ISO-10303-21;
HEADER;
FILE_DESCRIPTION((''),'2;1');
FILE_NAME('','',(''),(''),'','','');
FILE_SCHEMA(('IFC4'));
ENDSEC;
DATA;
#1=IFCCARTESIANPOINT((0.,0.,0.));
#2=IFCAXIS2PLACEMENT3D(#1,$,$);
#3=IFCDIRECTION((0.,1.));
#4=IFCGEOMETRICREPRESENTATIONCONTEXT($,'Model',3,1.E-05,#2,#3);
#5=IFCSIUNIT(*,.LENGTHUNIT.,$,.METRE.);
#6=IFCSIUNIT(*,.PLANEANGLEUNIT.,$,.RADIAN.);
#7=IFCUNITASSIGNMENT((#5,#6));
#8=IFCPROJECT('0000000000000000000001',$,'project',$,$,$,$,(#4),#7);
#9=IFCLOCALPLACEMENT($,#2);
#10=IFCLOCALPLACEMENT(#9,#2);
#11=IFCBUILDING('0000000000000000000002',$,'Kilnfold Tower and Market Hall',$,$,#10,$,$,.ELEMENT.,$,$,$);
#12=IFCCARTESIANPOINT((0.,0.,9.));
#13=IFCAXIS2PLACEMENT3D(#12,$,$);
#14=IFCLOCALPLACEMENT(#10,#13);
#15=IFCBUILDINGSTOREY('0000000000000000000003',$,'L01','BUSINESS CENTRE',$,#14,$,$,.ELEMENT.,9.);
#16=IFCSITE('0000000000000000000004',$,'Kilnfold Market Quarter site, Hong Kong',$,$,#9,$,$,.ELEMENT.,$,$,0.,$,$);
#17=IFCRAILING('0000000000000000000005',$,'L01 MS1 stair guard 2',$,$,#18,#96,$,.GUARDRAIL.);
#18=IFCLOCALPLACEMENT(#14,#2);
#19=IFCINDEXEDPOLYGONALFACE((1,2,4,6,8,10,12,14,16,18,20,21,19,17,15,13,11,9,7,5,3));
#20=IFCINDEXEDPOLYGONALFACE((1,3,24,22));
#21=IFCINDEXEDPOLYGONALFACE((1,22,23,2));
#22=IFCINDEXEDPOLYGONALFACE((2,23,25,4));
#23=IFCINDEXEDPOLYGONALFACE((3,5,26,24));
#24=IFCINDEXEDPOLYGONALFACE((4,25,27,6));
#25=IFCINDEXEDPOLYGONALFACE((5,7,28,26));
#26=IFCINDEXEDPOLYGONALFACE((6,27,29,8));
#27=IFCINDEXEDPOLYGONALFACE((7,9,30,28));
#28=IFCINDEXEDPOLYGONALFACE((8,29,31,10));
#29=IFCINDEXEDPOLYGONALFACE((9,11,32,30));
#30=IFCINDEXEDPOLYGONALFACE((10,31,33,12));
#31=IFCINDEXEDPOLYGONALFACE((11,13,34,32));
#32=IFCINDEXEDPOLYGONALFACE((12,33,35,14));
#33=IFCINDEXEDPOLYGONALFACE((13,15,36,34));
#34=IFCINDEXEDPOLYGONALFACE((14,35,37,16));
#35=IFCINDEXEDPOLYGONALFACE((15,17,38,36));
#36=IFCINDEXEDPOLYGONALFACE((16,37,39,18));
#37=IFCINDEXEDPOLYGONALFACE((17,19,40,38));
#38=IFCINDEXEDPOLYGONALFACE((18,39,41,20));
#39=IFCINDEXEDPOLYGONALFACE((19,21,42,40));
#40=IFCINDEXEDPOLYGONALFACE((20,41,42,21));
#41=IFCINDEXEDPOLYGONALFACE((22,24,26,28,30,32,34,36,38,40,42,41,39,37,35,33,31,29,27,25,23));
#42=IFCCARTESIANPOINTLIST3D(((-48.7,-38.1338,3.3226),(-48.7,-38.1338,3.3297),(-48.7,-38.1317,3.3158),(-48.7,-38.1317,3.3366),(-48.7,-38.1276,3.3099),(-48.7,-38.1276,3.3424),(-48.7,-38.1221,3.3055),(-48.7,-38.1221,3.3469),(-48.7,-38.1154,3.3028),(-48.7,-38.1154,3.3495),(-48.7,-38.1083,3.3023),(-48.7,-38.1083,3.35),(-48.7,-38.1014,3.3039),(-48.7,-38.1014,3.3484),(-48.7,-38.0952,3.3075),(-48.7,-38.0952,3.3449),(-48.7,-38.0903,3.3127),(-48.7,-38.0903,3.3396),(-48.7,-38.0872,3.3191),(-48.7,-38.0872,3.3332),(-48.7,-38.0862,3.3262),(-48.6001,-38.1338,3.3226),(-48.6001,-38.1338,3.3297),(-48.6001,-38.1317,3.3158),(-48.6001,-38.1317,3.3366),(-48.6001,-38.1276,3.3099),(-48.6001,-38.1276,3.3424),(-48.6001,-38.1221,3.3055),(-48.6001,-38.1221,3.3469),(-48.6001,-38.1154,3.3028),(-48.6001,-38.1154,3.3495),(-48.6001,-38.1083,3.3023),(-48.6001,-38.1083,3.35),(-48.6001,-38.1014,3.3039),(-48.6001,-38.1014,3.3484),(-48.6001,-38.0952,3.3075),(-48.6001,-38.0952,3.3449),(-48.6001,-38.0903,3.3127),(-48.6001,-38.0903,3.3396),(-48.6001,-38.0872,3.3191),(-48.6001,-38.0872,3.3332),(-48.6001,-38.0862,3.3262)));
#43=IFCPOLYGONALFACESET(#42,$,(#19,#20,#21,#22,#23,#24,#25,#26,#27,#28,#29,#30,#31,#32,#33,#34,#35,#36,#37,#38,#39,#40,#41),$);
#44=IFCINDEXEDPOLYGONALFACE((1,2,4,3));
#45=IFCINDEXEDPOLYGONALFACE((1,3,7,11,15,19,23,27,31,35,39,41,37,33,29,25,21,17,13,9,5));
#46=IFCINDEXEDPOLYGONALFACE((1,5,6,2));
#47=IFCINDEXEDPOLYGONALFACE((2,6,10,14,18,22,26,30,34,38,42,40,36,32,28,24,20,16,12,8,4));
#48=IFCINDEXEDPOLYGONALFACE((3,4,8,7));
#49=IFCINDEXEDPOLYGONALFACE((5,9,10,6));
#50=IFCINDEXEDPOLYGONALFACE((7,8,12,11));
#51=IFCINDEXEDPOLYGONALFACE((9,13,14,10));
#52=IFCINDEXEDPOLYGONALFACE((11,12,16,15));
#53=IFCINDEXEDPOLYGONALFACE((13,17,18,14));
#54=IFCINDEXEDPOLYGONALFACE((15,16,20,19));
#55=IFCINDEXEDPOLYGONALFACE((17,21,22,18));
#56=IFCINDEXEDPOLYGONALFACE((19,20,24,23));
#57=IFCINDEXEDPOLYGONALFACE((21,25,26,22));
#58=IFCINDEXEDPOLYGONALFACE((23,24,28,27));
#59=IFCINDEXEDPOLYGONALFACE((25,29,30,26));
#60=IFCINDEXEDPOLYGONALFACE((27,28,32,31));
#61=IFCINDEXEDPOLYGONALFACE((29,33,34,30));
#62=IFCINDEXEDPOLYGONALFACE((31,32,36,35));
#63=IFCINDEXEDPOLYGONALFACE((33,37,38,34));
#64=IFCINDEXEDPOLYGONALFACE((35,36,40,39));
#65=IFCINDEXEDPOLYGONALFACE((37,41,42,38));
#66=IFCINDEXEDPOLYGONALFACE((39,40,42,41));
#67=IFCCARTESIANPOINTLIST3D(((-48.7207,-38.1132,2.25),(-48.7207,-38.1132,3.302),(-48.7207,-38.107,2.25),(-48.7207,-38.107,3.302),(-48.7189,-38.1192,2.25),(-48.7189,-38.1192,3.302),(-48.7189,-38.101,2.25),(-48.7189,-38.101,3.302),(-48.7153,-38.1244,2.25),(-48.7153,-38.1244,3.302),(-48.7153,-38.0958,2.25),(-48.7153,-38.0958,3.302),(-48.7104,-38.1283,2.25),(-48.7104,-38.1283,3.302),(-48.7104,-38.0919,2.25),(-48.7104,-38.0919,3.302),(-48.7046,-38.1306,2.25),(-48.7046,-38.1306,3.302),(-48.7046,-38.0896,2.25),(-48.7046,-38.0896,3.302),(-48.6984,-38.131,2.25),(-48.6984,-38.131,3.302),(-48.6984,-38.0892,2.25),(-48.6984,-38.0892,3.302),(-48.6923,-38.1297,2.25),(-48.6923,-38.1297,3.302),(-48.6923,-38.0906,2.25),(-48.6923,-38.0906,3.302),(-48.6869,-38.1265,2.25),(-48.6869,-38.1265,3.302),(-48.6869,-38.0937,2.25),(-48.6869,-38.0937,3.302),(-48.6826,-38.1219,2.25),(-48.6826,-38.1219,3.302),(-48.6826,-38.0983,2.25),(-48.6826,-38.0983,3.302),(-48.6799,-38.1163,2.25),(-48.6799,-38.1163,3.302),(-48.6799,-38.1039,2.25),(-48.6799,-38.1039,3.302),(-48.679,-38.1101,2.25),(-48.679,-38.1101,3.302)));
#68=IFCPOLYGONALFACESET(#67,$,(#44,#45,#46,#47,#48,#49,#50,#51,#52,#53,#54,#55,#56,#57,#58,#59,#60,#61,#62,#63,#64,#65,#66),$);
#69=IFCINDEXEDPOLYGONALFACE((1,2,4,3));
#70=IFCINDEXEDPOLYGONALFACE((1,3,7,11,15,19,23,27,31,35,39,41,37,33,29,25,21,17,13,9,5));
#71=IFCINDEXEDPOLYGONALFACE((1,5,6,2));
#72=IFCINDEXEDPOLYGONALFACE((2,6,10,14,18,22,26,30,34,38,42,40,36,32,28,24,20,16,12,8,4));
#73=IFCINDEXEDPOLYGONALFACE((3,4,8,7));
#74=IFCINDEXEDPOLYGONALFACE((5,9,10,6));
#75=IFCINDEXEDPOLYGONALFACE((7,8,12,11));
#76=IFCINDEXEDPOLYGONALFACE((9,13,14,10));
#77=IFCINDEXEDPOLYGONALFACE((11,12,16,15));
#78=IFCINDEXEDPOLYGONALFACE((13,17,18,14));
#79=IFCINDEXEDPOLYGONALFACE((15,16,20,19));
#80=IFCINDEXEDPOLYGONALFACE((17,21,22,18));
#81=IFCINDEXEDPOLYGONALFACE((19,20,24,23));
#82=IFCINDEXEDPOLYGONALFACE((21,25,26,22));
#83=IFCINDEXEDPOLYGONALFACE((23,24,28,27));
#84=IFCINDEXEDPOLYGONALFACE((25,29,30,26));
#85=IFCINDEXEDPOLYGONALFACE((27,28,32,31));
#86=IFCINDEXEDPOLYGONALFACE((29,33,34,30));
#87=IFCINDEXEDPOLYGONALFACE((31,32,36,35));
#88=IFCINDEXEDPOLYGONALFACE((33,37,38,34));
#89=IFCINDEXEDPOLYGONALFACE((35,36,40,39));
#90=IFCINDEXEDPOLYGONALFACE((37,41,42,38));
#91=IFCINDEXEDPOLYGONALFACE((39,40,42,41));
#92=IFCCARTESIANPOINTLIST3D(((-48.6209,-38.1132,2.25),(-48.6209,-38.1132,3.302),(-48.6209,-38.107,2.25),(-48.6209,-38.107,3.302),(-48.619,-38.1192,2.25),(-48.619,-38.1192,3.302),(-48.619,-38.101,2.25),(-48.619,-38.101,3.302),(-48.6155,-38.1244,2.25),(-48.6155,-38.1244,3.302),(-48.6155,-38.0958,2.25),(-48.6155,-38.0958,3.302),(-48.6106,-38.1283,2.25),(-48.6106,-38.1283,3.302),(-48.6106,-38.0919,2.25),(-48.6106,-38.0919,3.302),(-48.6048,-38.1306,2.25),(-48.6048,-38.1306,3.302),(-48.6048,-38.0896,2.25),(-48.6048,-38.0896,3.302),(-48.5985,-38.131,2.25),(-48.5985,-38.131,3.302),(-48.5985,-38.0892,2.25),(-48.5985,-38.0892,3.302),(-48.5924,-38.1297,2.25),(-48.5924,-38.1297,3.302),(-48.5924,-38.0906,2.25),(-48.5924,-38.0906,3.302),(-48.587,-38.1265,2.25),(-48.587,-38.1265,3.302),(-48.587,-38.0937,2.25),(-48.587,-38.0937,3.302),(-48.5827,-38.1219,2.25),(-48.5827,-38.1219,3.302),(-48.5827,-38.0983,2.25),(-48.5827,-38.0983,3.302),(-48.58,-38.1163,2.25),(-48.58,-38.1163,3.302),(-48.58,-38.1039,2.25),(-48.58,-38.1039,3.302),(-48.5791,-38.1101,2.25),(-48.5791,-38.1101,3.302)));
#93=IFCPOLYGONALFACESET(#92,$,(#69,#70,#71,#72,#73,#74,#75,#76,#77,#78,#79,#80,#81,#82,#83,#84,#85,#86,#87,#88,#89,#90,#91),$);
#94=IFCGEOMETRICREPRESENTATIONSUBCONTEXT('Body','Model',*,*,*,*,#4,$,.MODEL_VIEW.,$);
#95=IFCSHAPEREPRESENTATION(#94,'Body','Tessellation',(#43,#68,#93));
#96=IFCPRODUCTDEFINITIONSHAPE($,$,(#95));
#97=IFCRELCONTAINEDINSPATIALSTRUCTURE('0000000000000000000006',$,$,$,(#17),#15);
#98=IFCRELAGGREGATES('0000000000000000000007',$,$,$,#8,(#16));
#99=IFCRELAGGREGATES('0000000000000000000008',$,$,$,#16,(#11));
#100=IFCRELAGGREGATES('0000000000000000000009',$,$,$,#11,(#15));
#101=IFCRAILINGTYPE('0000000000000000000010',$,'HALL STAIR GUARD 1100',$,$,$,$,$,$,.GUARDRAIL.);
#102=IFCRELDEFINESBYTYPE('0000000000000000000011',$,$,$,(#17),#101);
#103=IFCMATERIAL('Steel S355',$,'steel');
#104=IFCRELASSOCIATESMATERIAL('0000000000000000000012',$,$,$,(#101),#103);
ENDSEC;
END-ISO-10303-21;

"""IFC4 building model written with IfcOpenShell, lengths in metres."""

from ifc_helpers import new_model, si_unit, direction, frame, origin, origin_2d, place, context, subcontext, project, spatial, circle, extrude, material, type_object, element, save


model = new_model("IFC4")

# Units and contexts
model_context = context("Model", 3, precision=1e-05, world=origin(), true_north=direction((0.0, 1.0)))
body_context = subcontext(model_context, "Body", "Model", "MODEL_VIEW")
ifc_project = project(units=[si_unit("LENGTHUNIT", "METRE"), si_unit("PLANEANGLEUNIT", "RADIAN")], contexts=[model_context])

# Site, building, storey
site_placement = place(None, origin())
site = spatial("IfcSite", under=ifc_project, at=site_placement, Name="Kilnfold Market Quarter site, Hong Kong", CompositionType="ELEMENT", RefElevation=0.0)
building_placement = place(site_placement, origin())
building = spatial("IfcBuilding", under=site, at=building_placement, Name="Kilnfold Tower and Market Hall", CompositionType="ELEMENT")
storey_placement = place(building_placement, frame((0.0, 0.0, 9.0)))
storey = spatial("IfcBuildingStorey", under=building, at=storey_placement, Name="L01", Description="BUSINESS CENTRE", CompositionType="ELEMENT", Elevation=9.0)

# Railing
ifc_material_1 = material(Name="Steel S355", Category="steel")
railing_type_1 = type_object("IfcRailingType", Name="HALL STAIR GUARD 1100", PredefinedType="GUARDRAIL", material=ifc_material_1)
railing_1_placement = place(storey_placement, frame((-48.7, -38.1101, 2.25)))
element("IfcRailing", 1, at=railing_1_placement, inside=storey, type_object=railing_type_1, Name="L01 MS1 stair guard 2", PredefinedType="GUARDRAIL", context=body_context, shape_type="SweptSolid", body=[
    extrude(circle(Radius=0.0239, at=origin_2d()), frame((0.0, 0.0, 1.0762), z_axis=(1.0, 0.0, 0.0), x_axis=(0.0, 1.0, 0.0)), (0.0, 0.0, 1.0), 0.0999),
    extrude(circle(Radius=0.021, at=origin_2d()), origin(), (0.0, 0.0, 1.0), 1.052),
    extrude(circle(Radius=0.021, at=origin_2d()), frame((0.0999, 0.0, 0.0)), (0.0, 0.0, 1.0), 1.052),
])

save(model, "model.ifc")
